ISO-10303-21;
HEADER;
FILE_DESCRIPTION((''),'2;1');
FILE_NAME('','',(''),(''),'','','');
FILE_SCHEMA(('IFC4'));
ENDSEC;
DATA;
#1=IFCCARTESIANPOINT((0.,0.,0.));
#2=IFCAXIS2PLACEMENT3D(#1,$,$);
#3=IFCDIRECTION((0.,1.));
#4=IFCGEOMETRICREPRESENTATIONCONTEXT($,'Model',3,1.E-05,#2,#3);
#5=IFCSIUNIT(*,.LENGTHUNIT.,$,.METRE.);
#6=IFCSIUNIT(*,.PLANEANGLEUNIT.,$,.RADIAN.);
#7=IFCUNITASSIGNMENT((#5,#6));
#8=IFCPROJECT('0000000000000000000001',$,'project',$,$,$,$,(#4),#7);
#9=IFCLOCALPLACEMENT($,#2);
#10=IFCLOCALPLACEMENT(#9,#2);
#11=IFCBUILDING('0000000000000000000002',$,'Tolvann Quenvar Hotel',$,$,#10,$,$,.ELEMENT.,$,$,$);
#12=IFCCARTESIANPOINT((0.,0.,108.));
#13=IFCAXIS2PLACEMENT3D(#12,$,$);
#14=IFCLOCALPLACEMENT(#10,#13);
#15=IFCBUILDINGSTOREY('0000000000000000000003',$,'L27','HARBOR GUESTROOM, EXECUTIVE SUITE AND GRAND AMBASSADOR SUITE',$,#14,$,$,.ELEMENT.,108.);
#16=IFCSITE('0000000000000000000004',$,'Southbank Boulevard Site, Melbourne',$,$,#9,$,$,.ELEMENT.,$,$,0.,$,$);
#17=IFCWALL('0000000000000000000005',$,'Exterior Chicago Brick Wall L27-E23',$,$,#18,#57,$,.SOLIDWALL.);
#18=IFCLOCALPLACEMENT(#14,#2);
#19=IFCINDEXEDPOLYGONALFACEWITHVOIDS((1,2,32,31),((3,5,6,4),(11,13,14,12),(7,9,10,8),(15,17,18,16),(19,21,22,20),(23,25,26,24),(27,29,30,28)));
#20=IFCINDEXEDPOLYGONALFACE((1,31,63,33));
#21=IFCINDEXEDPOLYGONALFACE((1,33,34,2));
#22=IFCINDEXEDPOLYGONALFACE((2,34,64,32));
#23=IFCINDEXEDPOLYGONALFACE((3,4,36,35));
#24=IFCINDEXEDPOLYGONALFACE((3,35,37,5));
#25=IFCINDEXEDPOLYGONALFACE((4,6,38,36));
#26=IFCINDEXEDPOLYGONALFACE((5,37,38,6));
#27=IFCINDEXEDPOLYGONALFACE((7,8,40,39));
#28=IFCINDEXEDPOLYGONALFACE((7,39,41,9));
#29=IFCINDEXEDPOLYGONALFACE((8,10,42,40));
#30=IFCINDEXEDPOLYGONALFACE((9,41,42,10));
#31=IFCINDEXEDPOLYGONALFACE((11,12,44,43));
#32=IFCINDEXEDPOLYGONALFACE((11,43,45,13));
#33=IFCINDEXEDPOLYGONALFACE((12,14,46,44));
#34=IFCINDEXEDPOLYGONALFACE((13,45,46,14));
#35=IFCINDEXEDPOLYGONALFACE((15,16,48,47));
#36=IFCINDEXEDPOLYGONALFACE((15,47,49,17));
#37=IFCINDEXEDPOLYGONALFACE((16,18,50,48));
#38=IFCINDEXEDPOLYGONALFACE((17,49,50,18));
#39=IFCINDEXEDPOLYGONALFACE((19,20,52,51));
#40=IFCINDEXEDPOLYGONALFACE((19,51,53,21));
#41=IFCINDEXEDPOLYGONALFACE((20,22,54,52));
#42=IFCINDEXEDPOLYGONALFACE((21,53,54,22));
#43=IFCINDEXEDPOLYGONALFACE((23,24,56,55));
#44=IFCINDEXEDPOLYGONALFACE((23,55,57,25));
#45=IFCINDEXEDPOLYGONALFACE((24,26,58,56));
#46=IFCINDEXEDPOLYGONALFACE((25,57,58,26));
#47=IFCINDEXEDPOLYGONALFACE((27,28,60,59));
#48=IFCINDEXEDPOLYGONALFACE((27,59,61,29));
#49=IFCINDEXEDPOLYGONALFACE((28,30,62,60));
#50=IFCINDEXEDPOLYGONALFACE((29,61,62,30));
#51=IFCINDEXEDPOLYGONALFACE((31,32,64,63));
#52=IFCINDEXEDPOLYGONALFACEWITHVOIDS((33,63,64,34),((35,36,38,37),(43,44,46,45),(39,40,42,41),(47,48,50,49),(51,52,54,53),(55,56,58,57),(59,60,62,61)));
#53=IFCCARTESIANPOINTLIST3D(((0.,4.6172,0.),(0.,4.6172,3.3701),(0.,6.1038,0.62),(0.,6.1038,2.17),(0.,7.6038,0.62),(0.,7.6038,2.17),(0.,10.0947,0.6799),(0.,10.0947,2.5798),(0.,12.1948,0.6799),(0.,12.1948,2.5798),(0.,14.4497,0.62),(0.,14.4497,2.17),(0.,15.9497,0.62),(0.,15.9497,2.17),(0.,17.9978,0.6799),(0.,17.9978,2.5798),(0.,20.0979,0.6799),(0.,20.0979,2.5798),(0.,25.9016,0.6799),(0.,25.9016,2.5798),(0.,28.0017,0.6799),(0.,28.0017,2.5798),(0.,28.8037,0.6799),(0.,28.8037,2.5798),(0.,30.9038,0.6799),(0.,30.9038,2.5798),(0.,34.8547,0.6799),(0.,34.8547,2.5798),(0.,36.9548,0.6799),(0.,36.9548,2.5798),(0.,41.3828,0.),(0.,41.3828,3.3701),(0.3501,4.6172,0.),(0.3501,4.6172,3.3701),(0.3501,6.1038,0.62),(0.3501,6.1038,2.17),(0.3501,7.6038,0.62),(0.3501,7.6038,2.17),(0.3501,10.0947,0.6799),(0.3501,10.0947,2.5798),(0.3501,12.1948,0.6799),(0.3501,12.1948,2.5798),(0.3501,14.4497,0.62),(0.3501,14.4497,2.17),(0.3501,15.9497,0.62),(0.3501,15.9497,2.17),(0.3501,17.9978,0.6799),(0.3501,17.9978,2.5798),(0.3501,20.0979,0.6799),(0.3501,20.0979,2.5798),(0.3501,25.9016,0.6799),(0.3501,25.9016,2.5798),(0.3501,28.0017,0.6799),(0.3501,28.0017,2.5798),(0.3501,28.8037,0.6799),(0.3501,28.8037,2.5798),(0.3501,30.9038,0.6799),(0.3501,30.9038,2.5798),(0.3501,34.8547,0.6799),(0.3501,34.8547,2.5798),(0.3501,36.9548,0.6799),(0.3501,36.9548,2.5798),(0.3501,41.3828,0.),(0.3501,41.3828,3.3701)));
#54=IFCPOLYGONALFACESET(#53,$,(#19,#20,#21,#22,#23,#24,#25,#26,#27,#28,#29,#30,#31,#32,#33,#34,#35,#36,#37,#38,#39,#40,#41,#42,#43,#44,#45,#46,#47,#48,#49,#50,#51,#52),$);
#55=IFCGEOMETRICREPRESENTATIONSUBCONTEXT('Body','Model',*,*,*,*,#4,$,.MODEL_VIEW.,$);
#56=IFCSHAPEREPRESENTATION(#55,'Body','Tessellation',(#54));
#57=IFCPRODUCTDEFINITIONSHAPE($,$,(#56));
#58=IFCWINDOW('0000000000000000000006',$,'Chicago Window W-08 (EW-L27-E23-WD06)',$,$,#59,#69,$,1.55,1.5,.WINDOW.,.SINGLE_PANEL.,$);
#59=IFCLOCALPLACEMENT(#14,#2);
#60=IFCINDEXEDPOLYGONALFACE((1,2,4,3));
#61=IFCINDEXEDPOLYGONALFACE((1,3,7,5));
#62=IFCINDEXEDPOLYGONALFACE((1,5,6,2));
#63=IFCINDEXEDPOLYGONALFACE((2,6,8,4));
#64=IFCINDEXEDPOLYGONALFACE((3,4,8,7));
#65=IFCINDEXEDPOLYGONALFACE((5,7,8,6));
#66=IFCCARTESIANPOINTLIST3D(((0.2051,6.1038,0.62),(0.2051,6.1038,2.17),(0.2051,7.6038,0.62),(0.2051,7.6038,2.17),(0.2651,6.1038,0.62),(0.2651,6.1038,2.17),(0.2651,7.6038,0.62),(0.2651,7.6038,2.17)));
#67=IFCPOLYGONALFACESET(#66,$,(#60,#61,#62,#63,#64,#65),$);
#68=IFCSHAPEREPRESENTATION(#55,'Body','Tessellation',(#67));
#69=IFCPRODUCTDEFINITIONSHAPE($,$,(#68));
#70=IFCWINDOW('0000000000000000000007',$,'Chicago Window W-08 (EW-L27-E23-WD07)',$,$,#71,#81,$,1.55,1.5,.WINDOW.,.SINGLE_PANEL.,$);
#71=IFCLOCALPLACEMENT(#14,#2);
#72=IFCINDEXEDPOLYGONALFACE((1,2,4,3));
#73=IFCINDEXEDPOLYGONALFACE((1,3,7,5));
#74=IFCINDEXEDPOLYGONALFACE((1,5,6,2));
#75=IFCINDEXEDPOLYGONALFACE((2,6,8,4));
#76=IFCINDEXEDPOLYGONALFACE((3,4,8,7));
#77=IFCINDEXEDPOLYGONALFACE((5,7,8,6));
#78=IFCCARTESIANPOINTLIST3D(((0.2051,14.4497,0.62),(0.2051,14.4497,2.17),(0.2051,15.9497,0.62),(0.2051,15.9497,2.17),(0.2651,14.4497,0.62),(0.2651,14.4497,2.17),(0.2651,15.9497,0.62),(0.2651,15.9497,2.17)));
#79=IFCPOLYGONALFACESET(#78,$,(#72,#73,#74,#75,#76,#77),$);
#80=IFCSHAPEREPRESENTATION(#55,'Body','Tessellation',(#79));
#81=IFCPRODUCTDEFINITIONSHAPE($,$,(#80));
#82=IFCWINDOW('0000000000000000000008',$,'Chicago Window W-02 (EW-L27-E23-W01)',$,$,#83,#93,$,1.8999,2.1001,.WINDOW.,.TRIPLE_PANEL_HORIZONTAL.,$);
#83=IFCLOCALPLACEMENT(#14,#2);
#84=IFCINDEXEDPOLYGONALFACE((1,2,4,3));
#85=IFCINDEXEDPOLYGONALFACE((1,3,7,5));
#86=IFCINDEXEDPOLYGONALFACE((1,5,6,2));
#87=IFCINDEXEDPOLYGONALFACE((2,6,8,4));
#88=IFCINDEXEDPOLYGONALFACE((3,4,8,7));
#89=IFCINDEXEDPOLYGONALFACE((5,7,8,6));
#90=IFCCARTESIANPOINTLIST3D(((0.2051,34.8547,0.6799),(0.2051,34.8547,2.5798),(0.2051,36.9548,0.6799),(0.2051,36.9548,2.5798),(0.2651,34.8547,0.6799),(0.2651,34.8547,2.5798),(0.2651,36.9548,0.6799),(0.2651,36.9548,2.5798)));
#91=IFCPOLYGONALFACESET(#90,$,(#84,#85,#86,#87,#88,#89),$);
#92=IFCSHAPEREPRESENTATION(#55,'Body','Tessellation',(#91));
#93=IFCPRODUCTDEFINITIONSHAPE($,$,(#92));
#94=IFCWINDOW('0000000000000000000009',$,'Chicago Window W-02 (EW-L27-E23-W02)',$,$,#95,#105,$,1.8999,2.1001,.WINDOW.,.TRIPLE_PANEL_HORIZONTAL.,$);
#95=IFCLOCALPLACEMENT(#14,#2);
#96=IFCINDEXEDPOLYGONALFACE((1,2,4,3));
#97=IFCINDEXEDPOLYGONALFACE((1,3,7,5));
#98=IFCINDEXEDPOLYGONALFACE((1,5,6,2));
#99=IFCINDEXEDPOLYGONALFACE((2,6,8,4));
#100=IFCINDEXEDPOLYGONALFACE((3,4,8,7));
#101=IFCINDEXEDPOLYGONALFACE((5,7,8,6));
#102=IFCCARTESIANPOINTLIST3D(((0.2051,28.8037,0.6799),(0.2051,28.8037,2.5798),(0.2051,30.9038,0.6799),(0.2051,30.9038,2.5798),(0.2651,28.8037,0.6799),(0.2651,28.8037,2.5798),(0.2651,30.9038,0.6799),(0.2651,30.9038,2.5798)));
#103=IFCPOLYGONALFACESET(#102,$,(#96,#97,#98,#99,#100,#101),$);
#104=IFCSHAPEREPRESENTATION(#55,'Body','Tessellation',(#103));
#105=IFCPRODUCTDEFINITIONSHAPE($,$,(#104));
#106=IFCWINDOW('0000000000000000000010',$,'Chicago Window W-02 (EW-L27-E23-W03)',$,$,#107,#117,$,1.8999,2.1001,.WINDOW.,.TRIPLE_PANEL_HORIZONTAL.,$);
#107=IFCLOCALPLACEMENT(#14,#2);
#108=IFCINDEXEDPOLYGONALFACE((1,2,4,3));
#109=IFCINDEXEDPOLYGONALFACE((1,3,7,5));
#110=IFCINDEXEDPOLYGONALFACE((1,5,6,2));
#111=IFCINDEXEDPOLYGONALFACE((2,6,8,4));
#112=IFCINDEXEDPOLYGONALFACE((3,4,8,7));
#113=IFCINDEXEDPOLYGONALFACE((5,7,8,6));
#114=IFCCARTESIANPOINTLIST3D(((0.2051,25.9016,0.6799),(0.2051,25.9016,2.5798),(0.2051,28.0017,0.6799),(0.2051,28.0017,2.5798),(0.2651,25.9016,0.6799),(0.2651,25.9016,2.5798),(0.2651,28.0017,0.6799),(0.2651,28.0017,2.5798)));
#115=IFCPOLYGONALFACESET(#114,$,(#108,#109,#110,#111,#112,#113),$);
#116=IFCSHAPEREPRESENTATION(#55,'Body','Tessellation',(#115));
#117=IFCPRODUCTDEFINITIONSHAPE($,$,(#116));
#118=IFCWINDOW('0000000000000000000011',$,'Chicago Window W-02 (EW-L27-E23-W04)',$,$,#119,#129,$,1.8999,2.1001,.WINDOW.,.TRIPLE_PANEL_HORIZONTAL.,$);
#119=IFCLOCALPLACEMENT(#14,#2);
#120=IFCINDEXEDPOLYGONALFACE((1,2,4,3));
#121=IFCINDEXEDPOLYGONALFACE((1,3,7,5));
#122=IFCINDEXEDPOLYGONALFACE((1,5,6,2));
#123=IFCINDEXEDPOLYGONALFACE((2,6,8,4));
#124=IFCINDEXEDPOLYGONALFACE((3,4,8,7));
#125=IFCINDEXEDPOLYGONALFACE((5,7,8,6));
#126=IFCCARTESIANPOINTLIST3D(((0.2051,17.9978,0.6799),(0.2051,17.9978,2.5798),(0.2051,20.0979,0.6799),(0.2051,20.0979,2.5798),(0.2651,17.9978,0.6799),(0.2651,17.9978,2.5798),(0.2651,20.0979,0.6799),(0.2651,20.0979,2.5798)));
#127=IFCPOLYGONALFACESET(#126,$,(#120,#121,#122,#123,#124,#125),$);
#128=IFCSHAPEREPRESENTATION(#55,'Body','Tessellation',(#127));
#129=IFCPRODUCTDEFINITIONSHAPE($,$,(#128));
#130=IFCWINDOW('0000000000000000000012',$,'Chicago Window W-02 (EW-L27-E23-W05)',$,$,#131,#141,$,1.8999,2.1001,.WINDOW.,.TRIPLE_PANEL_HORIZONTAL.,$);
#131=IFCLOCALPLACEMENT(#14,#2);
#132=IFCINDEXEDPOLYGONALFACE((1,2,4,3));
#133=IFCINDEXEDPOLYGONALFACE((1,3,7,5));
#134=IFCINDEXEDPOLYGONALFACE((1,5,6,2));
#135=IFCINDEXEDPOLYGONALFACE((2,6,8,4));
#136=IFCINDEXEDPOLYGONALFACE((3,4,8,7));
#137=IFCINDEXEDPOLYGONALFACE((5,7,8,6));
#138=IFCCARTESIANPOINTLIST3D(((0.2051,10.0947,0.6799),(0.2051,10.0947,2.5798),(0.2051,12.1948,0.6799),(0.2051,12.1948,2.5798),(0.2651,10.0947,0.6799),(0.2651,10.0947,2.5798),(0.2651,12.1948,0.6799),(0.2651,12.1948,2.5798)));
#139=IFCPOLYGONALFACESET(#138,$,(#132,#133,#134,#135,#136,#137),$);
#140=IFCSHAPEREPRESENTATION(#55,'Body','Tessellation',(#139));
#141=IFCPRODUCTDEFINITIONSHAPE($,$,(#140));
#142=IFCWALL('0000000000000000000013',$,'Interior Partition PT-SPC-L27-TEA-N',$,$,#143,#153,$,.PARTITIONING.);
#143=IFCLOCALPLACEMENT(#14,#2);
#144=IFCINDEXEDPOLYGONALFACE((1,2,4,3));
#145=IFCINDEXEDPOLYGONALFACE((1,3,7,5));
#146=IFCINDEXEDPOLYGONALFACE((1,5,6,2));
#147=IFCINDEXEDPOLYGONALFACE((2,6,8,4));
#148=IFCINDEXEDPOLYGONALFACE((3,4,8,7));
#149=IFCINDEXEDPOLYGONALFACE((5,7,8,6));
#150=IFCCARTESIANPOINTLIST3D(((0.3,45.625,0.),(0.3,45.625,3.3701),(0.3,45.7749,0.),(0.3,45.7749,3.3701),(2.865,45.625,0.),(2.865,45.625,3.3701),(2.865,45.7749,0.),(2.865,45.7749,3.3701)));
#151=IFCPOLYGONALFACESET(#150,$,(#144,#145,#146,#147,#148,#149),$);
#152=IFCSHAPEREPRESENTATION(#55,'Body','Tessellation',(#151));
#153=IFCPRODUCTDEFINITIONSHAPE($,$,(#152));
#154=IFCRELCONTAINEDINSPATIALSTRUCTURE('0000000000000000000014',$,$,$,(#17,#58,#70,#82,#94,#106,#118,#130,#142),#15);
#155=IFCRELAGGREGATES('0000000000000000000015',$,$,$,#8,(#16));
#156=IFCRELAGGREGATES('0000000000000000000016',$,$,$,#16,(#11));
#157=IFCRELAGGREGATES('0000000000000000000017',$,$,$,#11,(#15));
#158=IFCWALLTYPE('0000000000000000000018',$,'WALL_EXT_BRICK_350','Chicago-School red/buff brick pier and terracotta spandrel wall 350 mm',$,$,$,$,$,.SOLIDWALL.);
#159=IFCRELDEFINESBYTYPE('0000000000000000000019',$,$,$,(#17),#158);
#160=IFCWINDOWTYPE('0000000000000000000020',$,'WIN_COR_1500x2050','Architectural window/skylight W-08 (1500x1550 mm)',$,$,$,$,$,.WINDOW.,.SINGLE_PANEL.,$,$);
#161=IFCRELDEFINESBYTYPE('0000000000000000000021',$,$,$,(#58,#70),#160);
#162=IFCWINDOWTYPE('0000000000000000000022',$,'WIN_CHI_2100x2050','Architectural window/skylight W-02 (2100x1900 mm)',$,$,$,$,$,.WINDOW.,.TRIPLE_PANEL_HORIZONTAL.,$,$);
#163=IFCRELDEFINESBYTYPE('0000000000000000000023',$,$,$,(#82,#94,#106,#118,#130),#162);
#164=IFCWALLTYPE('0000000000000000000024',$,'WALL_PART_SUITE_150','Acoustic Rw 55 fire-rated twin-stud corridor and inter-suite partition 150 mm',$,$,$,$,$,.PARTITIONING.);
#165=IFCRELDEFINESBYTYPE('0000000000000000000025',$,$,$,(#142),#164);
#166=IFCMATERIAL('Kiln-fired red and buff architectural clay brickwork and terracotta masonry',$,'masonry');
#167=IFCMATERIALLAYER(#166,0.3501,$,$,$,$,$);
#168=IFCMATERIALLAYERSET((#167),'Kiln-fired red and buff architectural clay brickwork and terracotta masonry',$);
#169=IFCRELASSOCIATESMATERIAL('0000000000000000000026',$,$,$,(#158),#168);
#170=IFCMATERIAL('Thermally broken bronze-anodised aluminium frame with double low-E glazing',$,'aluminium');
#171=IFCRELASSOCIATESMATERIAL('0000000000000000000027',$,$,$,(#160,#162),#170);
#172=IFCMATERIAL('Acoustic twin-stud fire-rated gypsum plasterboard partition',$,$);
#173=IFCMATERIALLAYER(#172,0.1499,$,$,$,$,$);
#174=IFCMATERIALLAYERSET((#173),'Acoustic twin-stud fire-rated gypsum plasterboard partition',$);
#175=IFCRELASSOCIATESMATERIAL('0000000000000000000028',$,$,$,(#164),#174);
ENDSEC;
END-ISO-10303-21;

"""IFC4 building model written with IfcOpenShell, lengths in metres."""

from ifc_helpers import new_model, si_unit, direction, frame, frame_2d, origin, place, context, subcontext, project, spatial, rectangle, extrude, source, transform, mapped, material, layer, layer_set, type_object, type_shapes, element, fill, save


model = new_model("IFC4")

# Units and contexts
model_context = context("Model", 3, precision=1e-05, world=origin(), true_north=direction((0.0, 1.0)))
body_context = subcontext(model_context, "Body", "Model", "MODEL_VIEW")
ifc_project = project(units=[si_unit("LENGTHUNIT", "METRE"), si_unit("PLANEANGLEUNIT", "RADIAN")], contexts=[model_context])

# Site, building, storey
site_placement = place(None, origin())
site = spatial("IfcSite", under=ifc_project, at=site_placement, Name="Southbank Boulevard Site, Melbourne", CompositionType="ELEMENT", RefElevation=0.0)
building_placement = place(site_placement, origin())
building = spatial("IfcBuilding", under=site, at=building_placement, Name="Tolvann Quenvar Hotel", CompositionType="ELEMENT")
storey_placement = place(building_placement, frame((0.0, 0.0, 108.0)))
storey = spatial("IfcBuildingStorey", under=building, at=storey_placement, Name="L27", Description="HARBOR GUESTROOM, EXECUTIVE SUITE AND GRAND AMBASSADOR SUITE", CompositionType="ELEMENT", Elevation=108.0)

# Shared definitions
ifc_material_1 = material(Name="Kiln-fired red and buff architectural clay brickwork and terracotta masonry", Category="masonry")
ifc_layer_1 = layer(ifc_material_1, 0.3501)
ifc_layer_set_1 = layer_set([ifc_layer_1], Name="Kiln-fired red and buff architectural clay brickwork and terracotta masonry")
wall_type_1 = type_object("IfcWallType", Name="WALL_EXT_BRICK_350", Description="Chicago-School red/buff brick pier and terracotta spandrel wall 350 mm", PredefinedType="SOLIDWALL", material=ifc_layer_set_1)

# Wall, openings, windows
wall_1_placement = place(storey_placement, frame((0.175, 41.3828, 0.0), z_axis=(0.0, 0.0, 1.0), x_axis=(0.0, -1.0, 0.0)))
wall_1 = element("IfcWall", 1, at=wall_1_placement, inside=storey, type_object=wall_type_1, Name="Exterior Chicago Brick Wall L27-E23", PredefinedType="SOLIDWALL", context=body_context, shape_type="SweptSolid", body=[
    extrude(rectangle(XDim=36.7656, YDim=0.3501, at=frame_2d((18.3828, 0.0))), origin(), (0.0, 0.0, 1.0), 3.3701),
])
opening_1_placement = place(wall_1_placement, frame((4.428, 0.0, 0.6799)))
opening_1 = element("IfcOpeningElement", 2, at=opening_1_placement, cuts=wall_1, PredefinedType="OPENING", context=body_context, shape_type="SweptSolid", body=[
    extrude(rectangle(XDim=2.1001, YDim=1.8999, at=frame_2d((1.05, 0.95))), frame((0.0, 0.1851, 0.0), z_axis=(0.0, -1.0, 0.0), x_axis=(1.0, 0.0, 0.0)), (0.0, 0.0, 1.0), 0.3701),
])
opening_2_placement = place(wall_1_placement, frame((10.479, 0.0, 0.6799)))
opening_2 = element("IfcOpeningElement", 3, at=opening_2_placement, cuts=wall_1, PredefinedType="OPENING", context=body_context, shape_type="SweptSolid", body=[
    extrude(rectangle(XDim=2.1001, YDim=1.8999, at=frame_2d((1.05, 0.95))), frame((0.0, 0.1851, 0.0), z_axis=(0.0, -1.0, 0.0), x_axis=(1.0, 0.0, 0.0)), (0.0, 0.0, 1.0), 0.3701),
])
opening_3_placement = place(wall_1_placement, frame((13.3811, 0.0, 0.6799)))
opening_3 = element("IfcOpeningElement", 4, at=opening_3_placement, cuts=wall_1, PredefinedType="OPENING", context=body_context, shape_type="SweptSolid", body=[
    extrude(rectangle(XDim=2.1001, YDim=1.8999, at=frame_2d((1.05, 0.95))), frame((0.0, 0.1851, 0.0), z_axis=(0.0, -1.0, 0.0), x_axis=(1.0, 0.0, 0.0)), (0.0, 0.0, 1.0), 0.3701),
])
opening_4_placement = place(wall_1_placement, frame((21.2849, 0.0, 0.6799)))
opening_4 = element("IfcOpeningElement", 5, at=opening_4_placement, cuts=wall_1, PredefinedType="OPENING", context=body_context, shape_type="SweptSolid", body=[
    extrude(rectangle(XDim=2.1001, YDim=1.8999, at=frame_2d((1.05, 0.95))), frame((0.0, 0.1851, 0.0), z_axis=(0.0, -1.0, 0.0), x_axis=(1.0, 0.0, 0.0)), (0.0, 0.0, 1.0), 0.3701),
])
opening_5_placement = place(wall_1_placement, frame((29.188, 0.0, 0.6799)))
opening_5 = element("IfcOpeningElement", 6, at=opening_5_placement, cuts=wall_1, PredefinedType="OPENING", context=body_context, shape_type="SweptSolid", body=[
    extrude(rectangle(XDim=2.1001, YDim=1.8999, at=frame_2d((1.05, 0.95))), frame((0.0, 0.1851, 0.0), z_axis=(0.0, -1.0, 0.0), x_axis=(1.0, 0.0, 0.0)), (0.0, 0.0, 1.0), 0.3701),
])
opening_6_placement = place(wall_1_placement, frame((33.7791, 0.0, 0.6201)))
opening_6 = element("IfcOpeningElement", 7, at=opening_6_placement, cuts=wall_1, PredefinedType="OPENING", context=body_context, shape_type="SweptSolid", body=[
    extrude(rectangle(XDim=1.5, YDim=1.55, at=frame_2d((0.75, 0.7749))), frame((0.0, 0.1851, 0.0), z_axis=(0.0, -1.0, 0.0), x_axis=(1.0, 0.0, 0.0)), (0.0, 0.0, 1.0), 0.3701),
])
opening_7_placement = place(wall_1_placement, frame((25.4331, 0.0, 0.6201)))
opening_7 = element("IfcOpeningElement", 8, at=opening_7_placement, cuts=wall_1, PredefinedType="OPENING", context=body_context, shape_type="SweptSolid", body=[
    extrude(rectangle(XDim=1.5, YDim=1.55, at=frame_2d((0.75, 0.7749))), frame((0.0, 0.1851, 0.0), z_axis=(0.0, -1.0, 0.0), x_axis=(1.0, 0.0, 0.0)), (0.0, 0.0, 1.0), 0.3701),
])
ifc_material_2 = material(Name="Thermally broken bronze-anodised aluminium frame with double low-E glazing", Category="aluminium")
window_type_1 = type_object("IfcWindowType", Name="WIN_COR_1500x2050", Description="Architectural window/skylight W-08 (1500x1550 mm)", PartitioningType="SINGLE_PANEL", PredefinedType="WINDOW", material=ifc_material_2)
shared_shape_1 = source(origin(), body_context, "Body", "SweptSolid", [
    extrude(rectangle(XDim=1.5, YDim=1.55, at=frame_2d((0.75, 0.7749))), frame((0.0, 0.0901, 0.0), z_axis=(0.0, -1.0, 0.0), x_axis=(1.0, 0.0, 0.0)), (0.0, 0.0, 1.0), 0.0601),
])
type_shapes(window_type_1, [shared_shape_1])
window_1_placement = place(opening_6_placement, origin())
window_1 = element("IfcWindow", 9, at=window_1_placement, inside=storey, type_object=window_type_1, Name="Chicago Window W-08 (EW-L27-E23-WD06)", OverallHeight=1.55, OverallWidth=1.5, PartitioningType="SINGLE_PANEL", PredefinedType="WINDOW", context=body_context, shape_type="MappedRepresentation", body=[
    mapped(shared_shape_1, transform((0.0, 0.0, 0.0), x_axis=(1.0, 0.0, 0.0), y_axis=(0.0, 1.0, 0.0), z_axis=(0.0, 0.0, 1.0), scale=1.0)),
])
fill(opening_6, window_1)
window_2_placement = place(opening_7_placement, origin())
window_2 = element("IfcWindow", 10, at=window_2_placement, inside=storey, type_object=window_type_1, Name="Chicago Window W-08 (EW-L27-E23-WD07)", OverallHeight=1.55, OverallWidth=1.5, PartitioningType="SINGLE_PANEL", PredefinedType="WINDOW", context=body_context, shape_type="MappedRepresentation", body=[
    mapped(shared_shape_1, transform((0.0, 0.0, 0.0), x_axis=(1.0, 0.0, 0.0), y_axis=(0.0, 1.0, 0.0), z_axis=(0.0, 0.0, 1.0), scale=1.0)),
])
fill(opening_7, window_2)
window_type_2 = type_object("IfcWindowType", Name="WIN_CHI_2100x2050", Description="Architectural window/skylight W-02 (2100x1900 mm)", PartitioningType="TRIPLE_PANEL_HORIZONTAL", PredefinedType="WINDOW", material=ifc_material_2)
shared_shape_2 = source(origin(), body_context, "Body", "SweptSolid", [
    extrude(rectangle(XDim=2.1001, YDim=1.8999, at=frame_2d((1.05, 0.95))), frame((0.0, 0.0901, 0.0), z_axis=(0.0, -1.0, 0.0), x_axis=(1.0, 0.0, 0.0)), (0.0, 0.0, 1.0), 0.0601),
])
type_shapes(window_type_2, [shared_shape_2])
window_3_placement = place(opening_1_placement, origin())
window_3 = element("IfcWindow", 11, at=window_3_placement, inside=storey, type_object=window_type_2, Name="Chicago Window W-02 (EW-L27-E23-W01)", OverallHeight=1.8999, OverallWidth=2.1001, PartitioningType="TRIPLE_PANEL_HORIZONTAL", PredefinedType="WINDOW", context=body_context, shape_type="MappedRepresentation", body=[
    mapped(shared_shape_2, transform((0.0, 0.0, 0.0), x_axis=(1.0, 0.0, 0.0), y_axis=(0.0, 1.0, 0.0), z_axis=(0.0, 0.0, 1.0), scale=1.0)),
])
fill(opening_1, window_3)
window_4_placement = place(opening_2_placement, origin())
window_4 = element("IfcWindow", 12, at=window_4_placement, inside=storey, type_object=window_type_2, Name="Chicago Window W-02 (EW-L27-E23-W02)", OverallHeight=1.8999, OverallWidth=2.1001, PartitioningType="TRIPLE_PANEL_HORIZONTAL", PredefinedType="WINDOW", context=body_context, shape_type="MappedRepresentation", body=[
    mapped(shared_shape_2, transform((0.0, 0.0, 0.0), x_axis=(1.0, 0.0, 0.0), y_axis=(0.0, 1.0, 0.0), z_axis=(0.0, 0.0, 1.0), scale=1.0)),
])
fill(opening_2, window_4)
window_5_placement = place(opening_3_placement, origin())
window_5 = element("IfcWindow", 13, at=window_5_placement, inside=storey, type_object=window_type_2, Name="Chicago Window W-02 (EW-L27-E23-W03)", OverallHeight=1.8999, OverallWidth=2.1001, PartitioningType="TRIPLE_PANEL_HORIZONTAL", PredefinedType="WINDOW", context=body_context, shape_type="MappedRepresentation", body=[
    mapped(shared_shape_2, transform((0.0, 0.0, 0.0), x_axis=(1.0, 0.0, 0.0), y_axis=(0.0, 1.0, 0.0), z_axis=(0.0, 0.0, 1.0), scale=1.0)),
])
fill(opening_3, window_5)
window_6_placement = place(opening_4_placement, origin())
window_6 = element("IfcWindow", 14, at=window_6_placement, inside=storey, type_object=window_type_2, Name="Chicago Window W-02 (EW-L27-E23-W04)", OverallHeight=1.8999, OverallWidth=2.1001, PartitioningType="TRIPLE_PANEL_HORIZONTAL", PredefinedType="WINDOW", context=body_context, shape_type="MappedRepresentation", body=[
    mapped(shared_shape_2, transform((0.0, 0.0, 0.0), x_axis=(1.0, 0.0, 0.0), y_axis=(0.0, 1.0, 0.0), z_axis=(0.0, 0.0, 1.0), scale=1.0)),
])
fill(opening_4, window_6)
window_7_placement = place(opening_5_placement, origin())
window_7 = element("IfcWindow", 15, at=window_7_placement, inside=storey, type_object=window_type_2, Name="Chicago Window W-02 (EW-L27-E23-W05)", OverallHeight=1.8999, OverallWidth=2.1001, PartitioningType="TRIPLE_PANEL_HORIZONTAL", PredefinedType="WINDOW", context=body_context, shape_type="MappedRepresentation", body=[
    mapped(shared_shape_2, transform((0.0, 0.0, 0.0), x_axis=(1.0, 0.0, 0.0), y_axis=(0.0, 1.0, 0.0), z_axis=(0.0, 0.0, 1.0), scale=1.0)),
])
fill(opening_5, window_7)

# Wall
ifc_material_3 = material(Name="Acoustic twin-stud fire-rated gypsum plasterboard partition")
ifc_layer_2 = layer(ifc_material_3, 0.1499)
ifc_layer_set_2 = layer_set([ifc_layer_2], Name="Acoustic twin-stud fire-rated gypsum plasterboard partition")
wall_type_2 = type_object("IfcWallType", Name="WALL_PART_SUITE_150", Description="Acoustic Rw 55 fire-rated twin-stud corridor and inter-suite partition 150 mm", PredefinedType="PARTITIONING", material=ifc_layer_set_2)
for number, where, z_axis, x_axis, name in (
    (16, (0.3, 45.7, 0.0), (0.0, 0.0, 1.0), (1.0, 0.0, 0.0), "Interior Partition PT-SPC-L27-TEA-N"),
):
    element("IfcWall", number, at=place(storey_placement, frame(where, z_axis=z_axis, x_axis=x_axis)), inside=storey, type_object=wall_type_2, Name=name, PredefinedType="PARTITIONING", context=body_context, shape_type="SweptSolid", body=[
        extrude(rectangle(XDim=2.5649, YDim=0.1499, at=frame_2d((1.2825, 0.0))), origin(), (0.0, 0.0, 1.0), 3.3701),
    ])

save(model, "model.ifc")
